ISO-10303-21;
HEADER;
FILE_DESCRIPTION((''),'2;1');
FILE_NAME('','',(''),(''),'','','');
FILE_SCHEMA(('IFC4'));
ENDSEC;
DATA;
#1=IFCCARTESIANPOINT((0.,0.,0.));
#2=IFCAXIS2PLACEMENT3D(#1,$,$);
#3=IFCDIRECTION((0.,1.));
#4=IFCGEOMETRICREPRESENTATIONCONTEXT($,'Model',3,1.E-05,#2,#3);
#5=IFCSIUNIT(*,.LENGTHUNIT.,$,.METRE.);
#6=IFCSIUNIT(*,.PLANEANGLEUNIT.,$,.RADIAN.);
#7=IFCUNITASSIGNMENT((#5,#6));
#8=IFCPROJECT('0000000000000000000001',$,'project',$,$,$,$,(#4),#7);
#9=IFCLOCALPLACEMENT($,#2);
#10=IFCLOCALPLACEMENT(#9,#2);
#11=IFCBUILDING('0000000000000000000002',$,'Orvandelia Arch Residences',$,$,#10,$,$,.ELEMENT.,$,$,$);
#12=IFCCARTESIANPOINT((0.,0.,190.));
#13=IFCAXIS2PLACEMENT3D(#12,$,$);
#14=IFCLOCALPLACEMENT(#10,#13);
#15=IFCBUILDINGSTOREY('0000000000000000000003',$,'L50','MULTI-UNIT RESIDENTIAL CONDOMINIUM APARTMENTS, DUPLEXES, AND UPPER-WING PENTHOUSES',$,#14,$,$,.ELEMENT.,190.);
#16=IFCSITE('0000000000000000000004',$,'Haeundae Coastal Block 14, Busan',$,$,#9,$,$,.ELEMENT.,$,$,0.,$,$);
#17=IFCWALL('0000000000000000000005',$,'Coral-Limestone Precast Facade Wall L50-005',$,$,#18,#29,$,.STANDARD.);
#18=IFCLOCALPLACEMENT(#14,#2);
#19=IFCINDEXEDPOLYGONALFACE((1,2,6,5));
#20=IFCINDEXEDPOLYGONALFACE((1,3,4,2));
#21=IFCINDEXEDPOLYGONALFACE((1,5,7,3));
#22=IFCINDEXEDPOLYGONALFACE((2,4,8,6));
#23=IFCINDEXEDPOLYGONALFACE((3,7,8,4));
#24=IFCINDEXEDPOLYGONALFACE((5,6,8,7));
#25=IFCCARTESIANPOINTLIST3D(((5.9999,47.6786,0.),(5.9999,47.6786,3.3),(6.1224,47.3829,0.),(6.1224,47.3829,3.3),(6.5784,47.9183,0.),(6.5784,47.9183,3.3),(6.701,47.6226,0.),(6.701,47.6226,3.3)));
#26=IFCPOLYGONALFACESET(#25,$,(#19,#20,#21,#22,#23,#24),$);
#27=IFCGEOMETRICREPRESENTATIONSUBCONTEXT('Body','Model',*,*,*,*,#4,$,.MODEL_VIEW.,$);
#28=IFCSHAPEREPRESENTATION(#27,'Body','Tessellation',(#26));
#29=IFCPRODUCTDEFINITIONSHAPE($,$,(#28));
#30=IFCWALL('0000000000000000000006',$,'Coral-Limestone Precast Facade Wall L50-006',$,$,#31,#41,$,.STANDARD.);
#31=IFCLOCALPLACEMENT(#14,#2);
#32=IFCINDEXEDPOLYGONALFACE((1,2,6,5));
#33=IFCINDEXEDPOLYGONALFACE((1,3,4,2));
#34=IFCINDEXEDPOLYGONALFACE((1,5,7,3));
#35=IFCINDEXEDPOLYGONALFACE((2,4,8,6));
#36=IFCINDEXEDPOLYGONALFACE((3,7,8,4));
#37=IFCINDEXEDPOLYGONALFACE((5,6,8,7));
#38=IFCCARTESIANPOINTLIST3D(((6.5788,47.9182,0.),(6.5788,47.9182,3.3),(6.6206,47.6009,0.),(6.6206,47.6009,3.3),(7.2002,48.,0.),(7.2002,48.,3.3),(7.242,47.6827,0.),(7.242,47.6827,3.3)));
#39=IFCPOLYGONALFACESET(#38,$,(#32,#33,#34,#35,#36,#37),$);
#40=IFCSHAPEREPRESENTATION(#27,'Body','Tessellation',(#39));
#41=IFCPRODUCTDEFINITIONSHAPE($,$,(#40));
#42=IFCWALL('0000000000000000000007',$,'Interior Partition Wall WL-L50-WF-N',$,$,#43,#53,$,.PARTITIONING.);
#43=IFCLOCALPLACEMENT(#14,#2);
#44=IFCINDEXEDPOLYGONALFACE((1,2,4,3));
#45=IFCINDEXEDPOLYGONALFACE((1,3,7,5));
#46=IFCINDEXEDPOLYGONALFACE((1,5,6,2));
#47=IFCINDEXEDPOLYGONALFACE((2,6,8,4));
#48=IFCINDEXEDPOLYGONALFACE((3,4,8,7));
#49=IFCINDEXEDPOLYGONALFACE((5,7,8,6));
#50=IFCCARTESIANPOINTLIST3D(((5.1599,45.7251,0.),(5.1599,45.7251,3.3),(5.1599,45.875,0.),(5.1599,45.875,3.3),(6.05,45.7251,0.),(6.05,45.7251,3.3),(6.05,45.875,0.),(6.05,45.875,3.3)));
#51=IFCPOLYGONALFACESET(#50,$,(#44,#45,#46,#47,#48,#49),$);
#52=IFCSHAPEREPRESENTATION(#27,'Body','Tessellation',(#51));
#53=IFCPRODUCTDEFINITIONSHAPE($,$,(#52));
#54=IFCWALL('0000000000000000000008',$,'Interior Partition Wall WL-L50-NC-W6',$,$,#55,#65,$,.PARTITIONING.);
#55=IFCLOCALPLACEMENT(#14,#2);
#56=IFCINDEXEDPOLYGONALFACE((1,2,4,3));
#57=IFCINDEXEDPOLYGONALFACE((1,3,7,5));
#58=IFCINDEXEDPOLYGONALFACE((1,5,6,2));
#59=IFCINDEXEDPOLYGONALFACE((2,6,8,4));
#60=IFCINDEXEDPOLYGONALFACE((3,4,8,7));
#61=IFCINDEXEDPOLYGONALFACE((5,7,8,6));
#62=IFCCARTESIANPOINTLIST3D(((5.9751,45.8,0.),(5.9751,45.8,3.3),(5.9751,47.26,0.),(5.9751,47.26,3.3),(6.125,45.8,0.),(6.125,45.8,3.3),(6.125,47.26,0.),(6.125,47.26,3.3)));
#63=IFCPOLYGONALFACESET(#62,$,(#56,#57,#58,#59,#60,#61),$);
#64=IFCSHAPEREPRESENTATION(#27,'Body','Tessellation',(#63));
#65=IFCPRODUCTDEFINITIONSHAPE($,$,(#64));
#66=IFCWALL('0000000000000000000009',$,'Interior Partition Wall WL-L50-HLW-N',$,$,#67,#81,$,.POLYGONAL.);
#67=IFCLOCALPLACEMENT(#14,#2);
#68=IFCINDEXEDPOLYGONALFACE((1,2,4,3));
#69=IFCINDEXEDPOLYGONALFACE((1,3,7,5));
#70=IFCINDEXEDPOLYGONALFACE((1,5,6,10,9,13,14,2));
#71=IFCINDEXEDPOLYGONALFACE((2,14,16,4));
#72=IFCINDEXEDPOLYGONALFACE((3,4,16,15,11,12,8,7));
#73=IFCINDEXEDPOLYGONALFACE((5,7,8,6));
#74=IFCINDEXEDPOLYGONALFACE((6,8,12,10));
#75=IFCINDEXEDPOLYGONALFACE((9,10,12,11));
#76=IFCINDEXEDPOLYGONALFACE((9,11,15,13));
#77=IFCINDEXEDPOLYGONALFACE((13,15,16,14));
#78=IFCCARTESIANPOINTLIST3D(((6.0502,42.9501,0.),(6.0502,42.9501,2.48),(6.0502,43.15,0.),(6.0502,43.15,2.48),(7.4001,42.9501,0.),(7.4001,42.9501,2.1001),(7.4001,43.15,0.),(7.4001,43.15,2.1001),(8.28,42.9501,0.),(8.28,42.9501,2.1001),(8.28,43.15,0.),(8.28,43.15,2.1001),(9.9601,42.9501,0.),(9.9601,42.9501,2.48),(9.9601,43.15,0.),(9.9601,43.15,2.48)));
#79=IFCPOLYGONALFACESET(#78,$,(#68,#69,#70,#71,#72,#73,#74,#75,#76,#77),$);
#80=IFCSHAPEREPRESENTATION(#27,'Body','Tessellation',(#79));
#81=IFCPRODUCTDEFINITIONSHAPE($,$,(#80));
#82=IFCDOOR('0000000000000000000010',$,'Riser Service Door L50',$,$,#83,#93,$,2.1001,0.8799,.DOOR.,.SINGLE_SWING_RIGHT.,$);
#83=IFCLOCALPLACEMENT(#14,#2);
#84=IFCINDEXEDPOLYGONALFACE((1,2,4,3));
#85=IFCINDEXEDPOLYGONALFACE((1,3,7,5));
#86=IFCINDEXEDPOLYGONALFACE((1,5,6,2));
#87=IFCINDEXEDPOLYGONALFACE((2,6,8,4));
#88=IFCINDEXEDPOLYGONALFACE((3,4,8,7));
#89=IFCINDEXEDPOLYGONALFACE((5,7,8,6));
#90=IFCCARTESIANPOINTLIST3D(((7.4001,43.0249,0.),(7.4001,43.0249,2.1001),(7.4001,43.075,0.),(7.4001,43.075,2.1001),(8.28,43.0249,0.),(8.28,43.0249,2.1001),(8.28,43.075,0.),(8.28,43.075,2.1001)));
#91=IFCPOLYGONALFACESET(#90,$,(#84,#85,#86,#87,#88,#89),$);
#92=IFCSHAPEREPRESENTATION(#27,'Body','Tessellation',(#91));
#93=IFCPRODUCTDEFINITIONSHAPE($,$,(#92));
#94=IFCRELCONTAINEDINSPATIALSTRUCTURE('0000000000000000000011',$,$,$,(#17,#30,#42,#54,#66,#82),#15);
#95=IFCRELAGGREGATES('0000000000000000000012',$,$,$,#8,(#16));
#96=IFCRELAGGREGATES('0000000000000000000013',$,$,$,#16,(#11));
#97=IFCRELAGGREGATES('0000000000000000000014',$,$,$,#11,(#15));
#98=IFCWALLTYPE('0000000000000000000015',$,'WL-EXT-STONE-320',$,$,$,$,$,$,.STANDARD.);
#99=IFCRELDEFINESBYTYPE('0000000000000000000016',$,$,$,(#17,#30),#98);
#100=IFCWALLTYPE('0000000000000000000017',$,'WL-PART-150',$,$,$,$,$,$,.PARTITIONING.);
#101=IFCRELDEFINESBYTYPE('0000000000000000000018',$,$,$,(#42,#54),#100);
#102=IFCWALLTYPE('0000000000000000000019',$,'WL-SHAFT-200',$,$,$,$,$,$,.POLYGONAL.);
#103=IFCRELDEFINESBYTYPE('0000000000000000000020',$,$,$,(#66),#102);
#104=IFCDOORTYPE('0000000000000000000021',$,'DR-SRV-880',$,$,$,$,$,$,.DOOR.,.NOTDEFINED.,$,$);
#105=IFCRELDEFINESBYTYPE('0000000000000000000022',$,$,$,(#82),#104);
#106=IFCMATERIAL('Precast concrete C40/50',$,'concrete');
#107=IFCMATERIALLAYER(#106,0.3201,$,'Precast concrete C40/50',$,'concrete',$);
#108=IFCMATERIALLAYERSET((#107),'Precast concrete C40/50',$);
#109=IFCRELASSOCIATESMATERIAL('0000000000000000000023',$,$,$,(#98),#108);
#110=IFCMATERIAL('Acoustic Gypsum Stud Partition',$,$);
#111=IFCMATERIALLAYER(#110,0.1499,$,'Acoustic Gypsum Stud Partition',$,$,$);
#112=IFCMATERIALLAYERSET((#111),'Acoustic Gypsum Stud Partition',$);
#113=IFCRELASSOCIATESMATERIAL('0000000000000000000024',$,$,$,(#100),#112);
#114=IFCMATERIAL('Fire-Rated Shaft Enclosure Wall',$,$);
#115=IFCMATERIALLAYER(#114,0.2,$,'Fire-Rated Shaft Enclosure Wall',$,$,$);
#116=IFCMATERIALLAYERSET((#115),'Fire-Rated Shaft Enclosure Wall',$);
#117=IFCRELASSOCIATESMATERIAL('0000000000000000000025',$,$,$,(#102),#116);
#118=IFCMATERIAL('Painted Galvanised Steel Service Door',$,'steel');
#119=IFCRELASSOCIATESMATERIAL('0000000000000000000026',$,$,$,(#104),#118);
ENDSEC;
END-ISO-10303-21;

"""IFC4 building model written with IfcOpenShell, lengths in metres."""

from ifc_helpers import new_model, si_unit, direction, frame, frame_2d, origin, place, context, subcontext, project, spatial, rectangle, extrude, material, layer, layer_set, type_object, element, fill, save


model = new_model("IFC4")

# Units and contexts
model_context = context("Model", 3, precision=1e-05, world=origin(), true_north=direction((0.0, 1.0)))
body_context = subcontext(model_context, "Body", "Model", "MODEL_VIEW")
ifc_project = project(units=[si_unit("LENGTHUNIT", "METRE"), si_unit("PLANEANGLEUNIT", "RADIAN")], contexts=[model_context])

# Site, building, storey
site_placement = place(None, origin())
site = spatial("IfcSite", under=ifc_project, at=site_placement, Name="Haeundae Coastal Block 14, Busan", CompositionType="ELEMENT", RefElevation=0.0)
building_placement = place(site_placement, origin())
building = spatial("IfcBuilding", under=site, at=building_placement, Name="Orvandelia Arch Residences", CompositionType="ELEMENT")
storey_placement = place(building_placement, frame((0.0, 0.0, 190.0)))
storey = spatial("IfcBuildingStorey", under=building, at=storey_placement, Name="L50", Description="MULTI-UNIT RESIDENTIAL CONDOMINIUM APARTMENTS, DUPLEXES, AND UPPER-WING PENTHOUSES", CompositionType="ELEMENT", Elevation=190.0)

# Walls
ifc_material_1 = material(Name="Precast concrete C40/50", Category="concrete")
ifc_layer_1 = layer(ifc_material_1, 0.3201, Name="Precast concrete C40/50", Category="concrete")
ifc_layer_set_1 = layer_set([ifc_layer_1], Name="Precast concrete C40/50")
wall_type_1 = type_object("IfcWallType", Name="WL-EXT-STONE-320", PredefinedType="STANDARD", material=ifc_layer_set_1)
wall_1_placement = place(storey_placement, frame((6.0613, 47.5308, 0.0), z_axis=(0.0, 0.0, 1.0), x_axis=(0.923836, 0.382788, 0.0)))
element("IfcWall", 1, at=wall_1_placement, inside=storey, type_object=wall_type_1, Name="Coral-Limestone Precast Facade Wall L50-005", PredefinedType="STANDARD", context=body_context, shape_type="SweptSolid", body=[
    extrude(rectangle(XDim=0.6262, YDim=0.3201, at=frame_2d((0.313, 0.0))), origin(), (0.0, 0.0, 1.0), 3.3),
])
wall_2_placement = place(storey_placement, frame((6.5996, 47.7595, 0.0), z_axis=(0.0, 0.0, 1.0), x_axis=(0.991448, 0.130505, 0.0)))
element("IfcWall", 2, at=wall_2_placement, inside=storey, type_object=wall_type_1, Name="Coral-Limestone Precast Facade Wall L50-006", PredefinedType="STANDARD", context=body_context, shape_type="SweptSolid", body=[
    extrude(rectangle(XDim=0.6267, YDim=0.3201, at=frame_2d((0.3135, 0.0))), origin(), (0.0, 0.0, 1.0), 3.3),
])
ifc_material_2 = material(Name="Acoustic Gypsum Stud Partition")
ifc_layer_2 = layer(ifc_material_2, 0.1499, Name="Acoustic Gypsum Stud Partition")
ifc_layer_set_2 = layer_set([ifc_layer_2], Name="Acoustic Gypsum Stud Partition")
wall_type_2 = type_object("IfcWallType", Name="WL-PART-150", PredefinedType="PARTITIONING", material=ifc_layer_set_2)
wall_3_placement = place(storey_placement, frame((5.1599, 45.8, 0.0), z_axis=(0.0, 0.0, 1.0), x_axis=(1.0, 0.0, 0.0)))
element("IfcWall", 3, at=wall_3_placement, inside=storey, type_object=wall_type_2, Name="Interior Partition Wall WL-L50-WF-N", PredefinedType="PARTITIONING", context=body_context, shape_type="SweptSolid", body=[
    extrude(rectangle(XDim=0.8901, YDim=0.1499, at=frame_2d((0.4451, 0.0))), origin(), (0.0, 0.0, 1.0), 3.3),
])
wall_4_placement = place(storey_placement, frame((6.05, 45.8, 0.0), z_axis=(0.0, 0.0, 1.0), x_axis=(0.0, 1.0, 0.0)))
element("IfcWall", 4, at=wall_4_placement, inside=storey, type_object=wall_type_2, Name="Interior Partition Wall WL-L50-NC-W6", PredefinedType="PARTITIONING", context=body_context, shape_type="SweptSolid", body=[
    extrude(rectangle(XDim=1.46, YDim=0.1499, at=frame_2d((0.73, 0.0))), origin(), (0.0, 0.0, 1.0), 3.3),
])

# Wall, opening, door
ifc_material_3 = material(Name="Fire-Rated Shaft Enclosure Wall")
ifc_layer_3 = layer(ifc_material_3, 0.2, Name="Fire-Rated Shaft Enclosure Wall")
ifc_layer_set_3 = layer_set([ifc_layer_3], Name="Fire-Rated Shaft Enclosure Wall")
wall_type_3 = type_object("IfcWallType", Name="WL-SHAFT-200", PredefinedType="POLYGONAL", material=ifc_layer_set_3)
wall_5_placement = place(storey_placement, frame((6.05, 43.05, 0.0), z_axis=(0.0, 0.0, 1.0), x_axis=(1.0, 0.0, 0.0)))
wall_5 = element("IfcWall", 5, at=wall_5_placement, inside=storey, type_object=wall_type_3, Name="Interior Partition Wall WL-L50-HLW-N", PredefinedType="POLYGONAL", context=body_context, shape_type="SweptSolid", body=[
    extrude(rectangle(XDim=3.9099, YDim=0.2, at=frame_2d((1.9551, 0.0))), origin(), (0.0, 0.0, 1.0), 2.48),
])
opening_placement = place(wall_5_placement, frame((1.3501, 0.0, 0.0)))
opening = element("IfcOpeningElement", 6, at=opening_placement, cuts=wall_5, PredefinedType="OPENING", context=body_context, shape_type="SweptSolid", body=[
    extrude(rectangle(XDim=0.8799, YDim=2.1001, at=frame_2d((0.4399, 1.05))), frame((0.0, 0.1099, 0.0), z_axis=(0.0, -1.0, 0.0), x_axis=(1.0, 0.0, 0.0)), (0.0, 0.0, 1.0), 0.22),
])
ifc_material_4 = material(Name="Painted Galvanised Steel Service Door", Category="steel")
door_type = type_object("IfcDoorType", Name="DR-SRV-880", OperationType="NOTDEFINED", PredefinedType="DOOR", material=ifc_material_4)
door_placement = place(opening_placement, origin())
door = element("IfcDoor", 7, at=door_placement, inside=storey, type_object=door_type, Name="Riser Service Door L50", OperationType="SINGLE_SWING_RIGHT", OverallHeight=2.1001, OverallWidth=0.8799, PredefinedType="DOOR", context=body_context, shape_type="SweptSolid", body=[
    extrude(rectangle(XDim=0.8799, YDim=2.1001, at=frame_2d((0.4399, 1.05))), frame((0.0, 0.0249, 0.0), z_axis=(0.0, -1.0, 0.0), x_axis=(1.0, 0.0, 0.0)), (0.0, 0.0, 1.0), 0.05),
])
fill(opening, door)

save(model, "model.ifc")
